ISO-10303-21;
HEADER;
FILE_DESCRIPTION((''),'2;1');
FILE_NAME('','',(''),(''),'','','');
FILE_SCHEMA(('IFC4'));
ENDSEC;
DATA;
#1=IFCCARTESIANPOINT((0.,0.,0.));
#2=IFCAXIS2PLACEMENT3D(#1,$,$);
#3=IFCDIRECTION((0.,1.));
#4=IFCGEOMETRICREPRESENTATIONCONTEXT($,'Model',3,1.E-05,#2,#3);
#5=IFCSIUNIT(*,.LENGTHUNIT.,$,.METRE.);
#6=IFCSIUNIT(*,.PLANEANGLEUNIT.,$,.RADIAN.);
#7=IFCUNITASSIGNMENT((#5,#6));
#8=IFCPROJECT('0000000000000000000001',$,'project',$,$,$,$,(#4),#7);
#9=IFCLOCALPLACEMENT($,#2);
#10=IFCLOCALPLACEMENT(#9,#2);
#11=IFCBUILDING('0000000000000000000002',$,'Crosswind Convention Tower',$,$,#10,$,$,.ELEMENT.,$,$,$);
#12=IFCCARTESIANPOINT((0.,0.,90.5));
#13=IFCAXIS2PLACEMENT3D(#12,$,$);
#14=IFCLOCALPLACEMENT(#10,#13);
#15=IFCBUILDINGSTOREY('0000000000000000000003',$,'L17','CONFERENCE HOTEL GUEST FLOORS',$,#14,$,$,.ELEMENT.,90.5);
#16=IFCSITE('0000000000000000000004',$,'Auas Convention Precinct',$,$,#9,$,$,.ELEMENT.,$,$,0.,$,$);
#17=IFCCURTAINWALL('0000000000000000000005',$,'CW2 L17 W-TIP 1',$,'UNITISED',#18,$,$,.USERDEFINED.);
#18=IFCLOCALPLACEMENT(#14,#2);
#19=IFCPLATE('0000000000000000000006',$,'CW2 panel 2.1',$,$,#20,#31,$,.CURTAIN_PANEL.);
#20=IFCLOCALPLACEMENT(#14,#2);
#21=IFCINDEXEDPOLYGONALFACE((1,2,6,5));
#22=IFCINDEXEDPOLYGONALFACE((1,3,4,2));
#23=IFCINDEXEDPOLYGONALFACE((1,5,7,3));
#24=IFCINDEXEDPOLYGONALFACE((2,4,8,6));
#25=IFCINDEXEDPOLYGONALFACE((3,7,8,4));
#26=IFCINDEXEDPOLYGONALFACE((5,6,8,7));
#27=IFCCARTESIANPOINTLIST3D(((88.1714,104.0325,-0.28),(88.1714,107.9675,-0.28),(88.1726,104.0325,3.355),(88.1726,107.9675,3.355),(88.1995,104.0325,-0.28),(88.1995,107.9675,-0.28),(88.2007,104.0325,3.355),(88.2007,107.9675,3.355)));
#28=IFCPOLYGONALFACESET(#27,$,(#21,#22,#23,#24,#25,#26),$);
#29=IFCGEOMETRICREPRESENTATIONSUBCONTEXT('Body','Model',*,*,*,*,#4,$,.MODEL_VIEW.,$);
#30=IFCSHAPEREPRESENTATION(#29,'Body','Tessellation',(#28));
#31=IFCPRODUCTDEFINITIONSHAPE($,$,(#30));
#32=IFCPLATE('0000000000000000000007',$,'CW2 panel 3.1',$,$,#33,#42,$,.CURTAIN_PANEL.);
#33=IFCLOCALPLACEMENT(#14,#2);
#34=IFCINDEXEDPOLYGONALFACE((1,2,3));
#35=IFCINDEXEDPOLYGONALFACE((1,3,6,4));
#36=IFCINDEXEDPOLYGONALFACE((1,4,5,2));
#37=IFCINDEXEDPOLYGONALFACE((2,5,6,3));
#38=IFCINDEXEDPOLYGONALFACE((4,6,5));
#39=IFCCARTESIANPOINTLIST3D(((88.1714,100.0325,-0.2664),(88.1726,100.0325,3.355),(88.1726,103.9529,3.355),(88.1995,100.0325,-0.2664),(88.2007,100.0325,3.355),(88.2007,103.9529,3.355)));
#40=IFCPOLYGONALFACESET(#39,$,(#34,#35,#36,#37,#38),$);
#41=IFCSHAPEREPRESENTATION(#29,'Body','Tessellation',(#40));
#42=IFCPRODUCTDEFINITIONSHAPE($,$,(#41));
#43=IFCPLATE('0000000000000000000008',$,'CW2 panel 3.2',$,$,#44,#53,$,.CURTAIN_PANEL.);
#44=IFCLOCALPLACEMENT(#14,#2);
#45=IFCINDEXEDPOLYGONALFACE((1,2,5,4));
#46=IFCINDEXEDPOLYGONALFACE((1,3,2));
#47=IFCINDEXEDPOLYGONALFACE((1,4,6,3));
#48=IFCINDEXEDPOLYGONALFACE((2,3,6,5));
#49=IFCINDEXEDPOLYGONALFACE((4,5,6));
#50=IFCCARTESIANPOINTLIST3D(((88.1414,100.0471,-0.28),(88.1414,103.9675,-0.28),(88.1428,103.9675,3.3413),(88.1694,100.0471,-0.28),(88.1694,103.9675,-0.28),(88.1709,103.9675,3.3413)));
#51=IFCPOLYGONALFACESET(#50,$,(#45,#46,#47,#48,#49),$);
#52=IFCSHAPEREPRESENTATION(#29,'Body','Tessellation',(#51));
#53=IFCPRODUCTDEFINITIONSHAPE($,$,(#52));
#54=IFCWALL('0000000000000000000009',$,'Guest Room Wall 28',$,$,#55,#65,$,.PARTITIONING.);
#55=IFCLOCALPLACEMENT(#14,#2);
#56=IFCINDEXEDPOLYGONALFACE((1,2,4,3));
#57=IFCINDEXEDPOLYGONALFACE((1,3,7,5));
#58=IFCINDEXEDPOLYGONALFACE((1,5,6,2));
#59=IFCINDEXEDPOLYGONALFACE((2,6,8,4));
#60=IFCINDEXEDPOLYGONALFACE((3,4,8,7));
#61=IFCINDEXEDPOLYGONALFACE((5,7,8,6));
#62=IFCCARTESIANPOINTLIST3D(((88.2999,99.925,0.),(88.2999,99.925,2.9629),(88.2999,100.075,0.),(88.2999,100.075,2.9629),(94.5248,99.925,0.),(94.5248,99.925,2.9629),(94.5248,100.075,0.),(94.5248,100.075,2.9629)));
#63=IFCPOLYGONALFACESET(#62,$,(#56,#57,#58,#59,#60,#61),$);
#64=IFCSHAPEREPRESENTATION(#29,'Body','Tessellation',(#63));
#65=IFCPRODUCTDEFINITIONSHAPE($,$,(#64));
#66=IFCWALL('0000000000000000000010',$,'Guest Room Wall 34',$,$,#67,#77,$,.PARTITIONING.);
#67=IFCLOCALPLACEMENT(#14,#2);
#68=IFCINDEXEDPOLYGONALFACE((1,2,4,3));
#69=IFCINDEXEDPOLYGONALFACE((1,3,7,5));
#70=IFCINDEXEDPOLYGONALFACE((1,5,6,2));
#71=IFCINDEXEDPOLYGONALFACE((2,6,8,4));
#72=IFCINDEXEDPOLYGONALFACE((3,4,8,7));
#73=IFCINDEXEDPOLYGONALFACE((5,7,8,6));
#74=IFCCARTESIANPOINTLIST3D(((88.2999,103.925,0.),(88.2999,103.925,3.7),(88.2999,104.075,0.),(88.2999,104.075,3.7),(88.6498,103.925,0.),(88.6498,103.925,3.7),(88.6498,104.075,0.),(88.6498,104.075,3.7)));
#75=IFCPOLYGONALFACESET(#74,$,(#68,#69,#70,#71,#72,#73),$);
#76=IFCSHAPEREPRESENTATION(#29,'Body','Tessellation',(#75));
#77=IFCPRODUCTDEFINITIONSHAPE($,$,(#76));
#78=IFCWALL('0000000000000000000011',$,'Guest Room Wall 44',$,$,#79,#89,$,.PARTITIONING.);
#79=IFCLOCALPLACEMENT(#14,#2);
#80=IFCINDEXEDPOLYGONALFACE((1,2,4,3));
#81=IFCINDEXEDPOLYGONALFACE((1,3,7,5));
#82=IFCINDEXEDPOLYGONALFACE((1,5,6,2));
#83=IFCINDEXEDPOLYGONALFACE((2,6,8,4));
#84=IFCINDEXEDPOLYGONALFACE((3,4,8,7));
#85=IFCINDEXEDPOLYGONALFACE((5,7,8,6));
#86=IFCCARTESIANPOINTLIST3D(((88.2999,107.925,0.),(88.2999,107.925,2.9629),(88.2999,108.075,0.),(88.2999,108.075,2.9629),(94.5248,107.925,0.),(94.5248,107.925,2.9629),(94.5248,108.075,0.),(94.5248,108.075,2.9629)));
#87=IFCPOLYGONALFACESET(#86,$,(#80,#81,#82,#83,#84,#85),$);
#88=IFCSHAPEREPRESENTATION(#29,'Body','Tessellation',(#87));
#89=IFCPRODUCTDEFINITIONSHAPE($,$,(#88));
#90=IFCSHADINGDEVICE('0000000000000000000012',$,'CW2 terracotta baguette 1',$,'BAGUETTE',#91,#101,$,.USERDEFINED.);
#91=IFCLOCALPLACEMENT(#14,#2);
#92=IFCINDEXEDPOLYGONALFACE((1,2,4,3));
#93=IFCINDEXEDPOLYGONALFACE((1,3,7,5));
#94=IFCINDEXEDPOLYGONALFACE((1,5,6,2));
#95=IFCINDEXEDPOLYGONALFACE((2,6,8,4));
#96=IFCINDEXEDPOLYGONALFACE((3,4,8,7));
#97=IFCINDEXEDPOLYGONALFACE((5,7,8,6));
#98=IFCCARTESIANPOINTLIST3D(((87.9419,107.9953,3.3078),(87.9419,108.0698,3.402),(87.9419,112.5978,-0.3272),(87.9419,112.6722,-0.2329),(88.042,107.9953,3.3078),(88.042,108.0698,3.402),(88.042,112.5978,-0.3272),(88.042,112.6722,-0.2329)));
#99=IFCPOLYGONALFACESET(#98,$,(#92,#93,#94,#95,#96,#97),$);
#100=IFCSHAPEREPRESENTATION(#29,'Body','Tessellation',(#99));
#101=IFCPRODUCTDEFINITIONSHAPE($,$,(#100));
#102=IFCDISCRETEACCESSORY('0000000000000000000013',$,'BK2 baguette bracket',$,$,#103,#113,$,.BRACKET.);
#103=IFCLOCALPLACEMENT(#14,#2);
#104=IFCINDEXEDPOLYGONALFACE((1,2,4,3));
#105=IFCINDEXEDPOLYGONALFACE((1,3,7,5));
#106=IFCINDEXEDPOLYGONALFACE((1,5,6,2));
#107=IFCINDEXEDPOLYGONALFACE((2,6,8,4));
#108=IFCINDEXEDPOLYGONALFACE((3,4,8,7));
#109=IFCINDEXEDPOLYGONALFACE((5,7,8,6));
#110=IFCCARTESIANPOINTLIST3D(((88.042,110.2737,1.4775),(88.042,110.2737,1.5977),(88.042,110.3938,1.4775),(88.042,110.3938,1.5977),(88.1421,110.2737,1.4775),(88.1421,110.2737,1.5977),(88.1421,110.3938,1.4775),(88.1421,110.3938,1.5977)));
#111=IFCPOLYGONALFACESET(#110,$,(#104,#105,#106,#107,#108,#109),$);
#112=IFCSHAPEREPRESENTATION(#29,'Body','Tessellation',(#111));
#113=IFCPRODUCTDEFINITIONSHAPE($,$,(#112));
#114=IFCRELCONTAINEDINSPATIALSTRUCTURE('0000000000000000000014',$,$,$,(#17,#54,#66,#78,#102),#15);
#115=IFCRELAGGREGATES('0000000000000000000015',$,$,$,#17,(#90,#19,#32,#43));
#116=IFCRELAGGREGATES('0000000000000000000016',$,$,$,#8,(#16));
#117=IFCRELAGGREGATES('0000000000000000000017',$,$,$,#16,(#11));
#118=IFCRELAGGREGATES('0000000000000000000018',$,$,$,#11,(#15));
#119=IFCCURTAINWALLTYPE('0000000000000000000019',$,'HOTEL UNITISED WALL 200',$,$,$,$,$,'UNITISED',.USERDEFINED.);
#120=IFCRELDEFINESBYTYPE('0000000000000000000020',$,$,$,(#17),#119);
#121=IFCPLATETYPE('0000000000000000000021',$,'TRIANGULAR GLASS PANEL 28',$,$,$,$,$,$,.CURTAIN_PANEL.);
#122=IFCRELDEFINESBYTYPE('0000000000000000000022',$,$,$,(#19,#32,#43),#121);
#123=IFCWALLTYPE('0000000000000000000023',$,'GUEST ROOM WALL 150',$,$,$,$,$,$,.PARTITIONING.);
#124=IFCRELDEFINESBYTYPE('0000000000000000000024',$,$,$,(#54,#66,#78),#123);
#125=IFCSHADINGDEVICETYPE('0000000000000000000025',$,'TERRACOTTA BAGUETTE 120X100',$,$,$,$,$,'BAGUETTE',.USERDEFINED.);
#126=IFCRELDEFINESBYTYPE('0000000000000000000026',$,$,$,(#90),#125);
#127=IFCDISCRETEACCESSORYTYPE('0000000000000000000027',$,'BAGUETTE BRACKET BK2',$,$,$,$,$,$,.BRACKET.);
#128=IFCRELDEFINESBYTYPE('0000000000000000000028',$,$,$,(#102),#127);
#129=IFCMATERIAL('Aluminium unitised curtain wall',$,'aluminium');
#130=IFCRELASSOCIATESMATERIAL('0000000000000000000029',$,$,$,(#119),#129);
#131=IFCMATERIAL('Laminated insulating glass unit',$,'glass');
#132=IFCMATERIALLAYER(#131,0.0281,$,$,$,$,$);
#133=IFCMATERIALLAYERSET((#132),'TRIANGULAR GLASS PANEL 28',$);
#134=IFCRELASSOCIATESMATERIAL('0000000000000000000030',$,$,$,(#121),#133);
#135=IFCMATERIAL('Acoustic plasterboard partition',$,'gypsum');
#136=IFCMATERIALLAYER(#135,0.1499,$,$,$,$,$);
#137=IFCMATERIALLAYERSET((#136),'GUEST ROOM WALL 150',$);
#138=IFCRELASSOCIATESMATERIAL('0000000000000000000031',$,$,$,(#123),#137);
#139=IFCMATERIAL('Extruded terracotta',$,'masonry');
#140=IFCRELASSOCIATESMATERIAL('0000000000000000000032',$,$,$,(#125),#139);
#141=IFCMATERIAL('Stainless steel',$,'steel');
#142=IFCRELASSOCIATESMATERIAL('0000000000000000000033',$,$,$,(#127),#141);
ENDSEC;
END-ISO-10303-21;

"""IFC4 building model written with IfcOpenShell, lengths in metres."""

from ifc_helpers import new_model, si_unit, direction, frame, frame_2d, origin, origin_2d, place, context, subcontext, project, spatial, polyline, rectangle, outline, extrude, material, layer, layer_set, material_profile, profile_set, type_object, element, aggregate, save


model = new_model("IFC4")

# Units and contexts
model_context = context("Model", 3, precision=1e-05, world=origin(), true_north=direction((0.0, 1.0)))
body_context = subcontext(model_context, "Body", "Model", "MODEL_VIEW")
ifc_project = project(units=[si_unit("LENGTHUNIT", "METRE"), si_unit("PLANEANGLEUNIT", "RADIAN")], contexts=[model_context])

# Site, building, storey
site_placement = place(None, origin())
site = spatial("IfcSite", under=ifc_project, at=site_placement, Name="Auas Convention Precinct", CompositionType="ELEMENT", RefElevation=0.0)
building_placement = place(site_placement, origin())
building = spatial("IfcBuilding", under=site, at=building_placement, Name="Crosswind Convention Tower", CompositionType="ELEMENT")
storey_placement = place(building_placement, frame((0.0, 0.0, 90.5)))
storey = spatial("IfcBuildingStorey", under=building, at=storey_placement, Name="L17", Description="CONFERENCE HOTEL GUEST FLOORS", CompositionType="ELEMENT", Elevation=90.5)

# Curtain wall
ifc_material_1 = material(Name="Aluminium unitised curtain wall", Category="aluminium")
curtain_wall_type = type_object("IfcCurtainWallType", Name="HOTEL UNITISED WALL 200", ElementType="UNITISED", PredefinedType="USERDEFINED", material=ifc_material_1)
curtain_wall_placement = place(storey_placement, origin())
curtain_wall = element("IfcCurtainWall", 1, at=curtain_wall_placement, inside=storey, type_object=curtain_wall_type, Name="CW2 L17 W-TIP 1", ObjectType="UNITISED", PredefinedType="USERDEFINED")

# Plates
ifc_material_2 = material(Name="Laminated insulating glass unit", Category="glass")
ifc_layer_1 = layer(ifc_material_2, 0.0281)
ifc_layer_set_1 = layer_set([ifc_layer_1], Name="TRIANGULAR GLASS PANEL 28")
plate_type = type_object("IfcPlateType", Name="TRIANGULAR GLASS PANEL 28", PredefinedType="CURTAIN_PANEL", material=ifc_layer_set_1)
plate_1_placement = place(storey_placement, frame((88.1714, 107.9675, -0.28), z_axis=(-1.0, 0.0, 0.000336), x_axis=(0.0, -1.0, 0.0)))
plate_1 = element("IfcPlate", 2, at=plate_1_placement, type_object=plate_type, Name="CW2 panel 2.1", PredefinedType="CURTAIN_PANEL", context=body_context, shape_type="SweptSolid", body=[
    extrude(outline(polyline([(0.0, 0.0), (3.9351, 0.0), (3.9351, 3.635), (0.0, 3.635), (0.0, 0.0)])), origin(), (0.0, 0.0, -1.0), 0.0281),
])
plate_2_placement = place(storey_placement, frame((88.1726, 100.0325, 3.355), z_axis=(-1.0, 0.0, 0.000337), x_axis=(0.0, 1.0, 0.0)))
plate_2 = element("IfcPlate", 3, at=plate_2_placement, type_object=plate_type, Name="CW2 panel 3.1", PredefinedType="CURTAIN_PANEL", context=body_context, shape_type="SweptSolid", body=[
    extrude(outline(polyline([(0.0, 0.0), (3.9204, 0.0), (0.0, 3.6213), (0.0, 0.0)])), origin(), (0.0, 0.0, -1.0), 0.0281),
])
plate_3_placement = place(storey_placement, frame((88.1414, 103.9675, -0.28), z_axis=(-1.0, 0.0, 0.000405), x_axis=(0.0, -1.0, 0.0)))
plate_3 = element("IfcPlate", 4, at=plate_3_placement, type_object=plate_type, Name="CW2 panel 3.2", PredefinedType="CURTAIN_PANEL", context=body_context, shape_type="SweptSolid", body=[
    extrude(outline(polyline([(0.0, 0.0), (3.9204, 0.0), (0.0, 3.6213), (0.0, 0.0)])), origin(), (0.0, 0.0, -1.0), 0.0281),
])

# Walls
ifc_material_3 = material(Name="Acoustic plasterboard partition", Category="gypsum")
ifc_layer_2 = layer(ifc_material_3, 0.1499)
ifc_layer_set_2 = layer_set([ifc_layer_2], Name="GUEST ROOM WALL 150")
wall_type = type_object("IfcWallType", Name="GUEST ROOM WALL 150", PredefinedType="PARTITIONING", material=ifc_layer_set_2)
wall_1_placement = place(storey_placement, frame((88.3, 100.0, 0.0), z_axis=(0.0, 0.0, 1.0), x_axis=(1.0, 0.0, 0.0)))
element("IfcWall", 5, at=wall_1_placement, inside=storey, type_object=wall_type, Name="Guest Room Wall 28", PredefinedType="PARTITIONING", context=body_context, shape_type="SweptSolid", body=[
    extrude(rectangle(XDim=6.2249, YDim=0.1499, at=frame_2d((3.1123, 0.0))), origin(), (0.0, 0.0, 1.0), 2.9629),
])
wall_2_placement = place(storey_placement, frame((88.3, 104.0, 0.0), z_axis=(0.0, 0.0, 1.0), x_axis=(1.0, 0.0, 0.0)))
element("IfcWall", 6, at=wall_2_placement, inside=storey, type_object=wall_type, Name="Guest Room Wall 34", PredefinedType="PARTITIONING", context=body_context, shape_type="SweptSolid", body=[
    extrude(rectangle(XDim=0.3499, YDim=0.1499, at=frame_2d((0.1748, 0.0))), origin(), (0.0, 0.0, 1.0), 3.7),
])
wall_3_placement = place(storey_placement, frame((88.3, 108.0, 0.0), z_axis=(0.0, 0.0, 1.0), x_axis=(1.0, 0.0, 0.0)))
element("IfcWall", 7, at=wall_3_placement, inside=storey, type_object=wall_type, Name="Guest Room Wall 44", PredefinedType="PARTITIONING", context=body_context, shape_type="SweptSolid", body=[
    extrude(rectangle(XDim=6.2249, YDim=0.1499, at=frame_2d((3.1123, 0.0))), origin(), (0.0, 0.0, 1.0), 2.9629),
])

# Shading device
ifc_material_4 = material(Name="Extruded terracotta", Category="masonry")
ifc_material_profile_1 = material_profile(ifc_material_4, rectangle(XDim=0.1001, YDim=0.1201, at=origin_2d()), Name="TC 100X120")
ifc_profile_set_1 = profile_set([ifc_material_profile_1], Name="Extruded terracotta")
shading_device_type = type_object("IfcShadingDeviceType", Name="TERRACOTTA BAGUETTE 120X100", ElementType="BAGUETTE", PredefinedType="USERDEFINED", material=ifc_profile_set_1)
shading_device_placement = place(storey_placement, frame((87.9919, 112.635, -0.28), z_axis=(0.0, -0.784764, 0.619794), x_axis=(1.0, 0.0, 0.0)))
shading_device = element("IfcShadingDevice", 8, at=shading_device_placement, type_object=shading_device_type, Name="CW2 terracotta baguette 1", ObjectType="BAGUETTE", PredefinedType="USERDEFINED", context=body_context, shape_type="SweptSolid", body=[
    extrude(rectangle(XDim=0.1001, YDim=0.1201, at=origin_2d()), origin(), (0.0, 0.0, 1.0), 5.8647),
])
aggregate(curtain_wall, [shading_device, plate_1, plate_2, plate_3])

# Discrete accessory
ifc_material_5 = material(Name="Stainless steel", Category="steel")
discrete_accessory_type = type_object("IfcDiscreteAccessoryType", Name="BAGUETTE BRACKET BK2", PredefinedType="BRACKET", material=ifc_material_5)
discrete_accessory_placement = place(storey_placement, frame((88.092, 110.3337, 1.4775), z_axis=(0.0, 0.0, 1.0), x_axis=(0.0, -1.0, 0.0)))
element("IfcDiscreteAccessory", 9, at=discrete_accessory_placement, inside=storey, type_object=discrete_accessory_type, Name="BK2 baguette bracket", PredefinedType="BRACKET", context=body_context, shape_type="SweptSolid", body=[
    extrude(rectangle(XDim=0.1201, YDim=0.1001, at=origin_2d()), origin(), (0.0, 0.0, 1.0), 0.1201),
])

save(model, "model.ifc")
